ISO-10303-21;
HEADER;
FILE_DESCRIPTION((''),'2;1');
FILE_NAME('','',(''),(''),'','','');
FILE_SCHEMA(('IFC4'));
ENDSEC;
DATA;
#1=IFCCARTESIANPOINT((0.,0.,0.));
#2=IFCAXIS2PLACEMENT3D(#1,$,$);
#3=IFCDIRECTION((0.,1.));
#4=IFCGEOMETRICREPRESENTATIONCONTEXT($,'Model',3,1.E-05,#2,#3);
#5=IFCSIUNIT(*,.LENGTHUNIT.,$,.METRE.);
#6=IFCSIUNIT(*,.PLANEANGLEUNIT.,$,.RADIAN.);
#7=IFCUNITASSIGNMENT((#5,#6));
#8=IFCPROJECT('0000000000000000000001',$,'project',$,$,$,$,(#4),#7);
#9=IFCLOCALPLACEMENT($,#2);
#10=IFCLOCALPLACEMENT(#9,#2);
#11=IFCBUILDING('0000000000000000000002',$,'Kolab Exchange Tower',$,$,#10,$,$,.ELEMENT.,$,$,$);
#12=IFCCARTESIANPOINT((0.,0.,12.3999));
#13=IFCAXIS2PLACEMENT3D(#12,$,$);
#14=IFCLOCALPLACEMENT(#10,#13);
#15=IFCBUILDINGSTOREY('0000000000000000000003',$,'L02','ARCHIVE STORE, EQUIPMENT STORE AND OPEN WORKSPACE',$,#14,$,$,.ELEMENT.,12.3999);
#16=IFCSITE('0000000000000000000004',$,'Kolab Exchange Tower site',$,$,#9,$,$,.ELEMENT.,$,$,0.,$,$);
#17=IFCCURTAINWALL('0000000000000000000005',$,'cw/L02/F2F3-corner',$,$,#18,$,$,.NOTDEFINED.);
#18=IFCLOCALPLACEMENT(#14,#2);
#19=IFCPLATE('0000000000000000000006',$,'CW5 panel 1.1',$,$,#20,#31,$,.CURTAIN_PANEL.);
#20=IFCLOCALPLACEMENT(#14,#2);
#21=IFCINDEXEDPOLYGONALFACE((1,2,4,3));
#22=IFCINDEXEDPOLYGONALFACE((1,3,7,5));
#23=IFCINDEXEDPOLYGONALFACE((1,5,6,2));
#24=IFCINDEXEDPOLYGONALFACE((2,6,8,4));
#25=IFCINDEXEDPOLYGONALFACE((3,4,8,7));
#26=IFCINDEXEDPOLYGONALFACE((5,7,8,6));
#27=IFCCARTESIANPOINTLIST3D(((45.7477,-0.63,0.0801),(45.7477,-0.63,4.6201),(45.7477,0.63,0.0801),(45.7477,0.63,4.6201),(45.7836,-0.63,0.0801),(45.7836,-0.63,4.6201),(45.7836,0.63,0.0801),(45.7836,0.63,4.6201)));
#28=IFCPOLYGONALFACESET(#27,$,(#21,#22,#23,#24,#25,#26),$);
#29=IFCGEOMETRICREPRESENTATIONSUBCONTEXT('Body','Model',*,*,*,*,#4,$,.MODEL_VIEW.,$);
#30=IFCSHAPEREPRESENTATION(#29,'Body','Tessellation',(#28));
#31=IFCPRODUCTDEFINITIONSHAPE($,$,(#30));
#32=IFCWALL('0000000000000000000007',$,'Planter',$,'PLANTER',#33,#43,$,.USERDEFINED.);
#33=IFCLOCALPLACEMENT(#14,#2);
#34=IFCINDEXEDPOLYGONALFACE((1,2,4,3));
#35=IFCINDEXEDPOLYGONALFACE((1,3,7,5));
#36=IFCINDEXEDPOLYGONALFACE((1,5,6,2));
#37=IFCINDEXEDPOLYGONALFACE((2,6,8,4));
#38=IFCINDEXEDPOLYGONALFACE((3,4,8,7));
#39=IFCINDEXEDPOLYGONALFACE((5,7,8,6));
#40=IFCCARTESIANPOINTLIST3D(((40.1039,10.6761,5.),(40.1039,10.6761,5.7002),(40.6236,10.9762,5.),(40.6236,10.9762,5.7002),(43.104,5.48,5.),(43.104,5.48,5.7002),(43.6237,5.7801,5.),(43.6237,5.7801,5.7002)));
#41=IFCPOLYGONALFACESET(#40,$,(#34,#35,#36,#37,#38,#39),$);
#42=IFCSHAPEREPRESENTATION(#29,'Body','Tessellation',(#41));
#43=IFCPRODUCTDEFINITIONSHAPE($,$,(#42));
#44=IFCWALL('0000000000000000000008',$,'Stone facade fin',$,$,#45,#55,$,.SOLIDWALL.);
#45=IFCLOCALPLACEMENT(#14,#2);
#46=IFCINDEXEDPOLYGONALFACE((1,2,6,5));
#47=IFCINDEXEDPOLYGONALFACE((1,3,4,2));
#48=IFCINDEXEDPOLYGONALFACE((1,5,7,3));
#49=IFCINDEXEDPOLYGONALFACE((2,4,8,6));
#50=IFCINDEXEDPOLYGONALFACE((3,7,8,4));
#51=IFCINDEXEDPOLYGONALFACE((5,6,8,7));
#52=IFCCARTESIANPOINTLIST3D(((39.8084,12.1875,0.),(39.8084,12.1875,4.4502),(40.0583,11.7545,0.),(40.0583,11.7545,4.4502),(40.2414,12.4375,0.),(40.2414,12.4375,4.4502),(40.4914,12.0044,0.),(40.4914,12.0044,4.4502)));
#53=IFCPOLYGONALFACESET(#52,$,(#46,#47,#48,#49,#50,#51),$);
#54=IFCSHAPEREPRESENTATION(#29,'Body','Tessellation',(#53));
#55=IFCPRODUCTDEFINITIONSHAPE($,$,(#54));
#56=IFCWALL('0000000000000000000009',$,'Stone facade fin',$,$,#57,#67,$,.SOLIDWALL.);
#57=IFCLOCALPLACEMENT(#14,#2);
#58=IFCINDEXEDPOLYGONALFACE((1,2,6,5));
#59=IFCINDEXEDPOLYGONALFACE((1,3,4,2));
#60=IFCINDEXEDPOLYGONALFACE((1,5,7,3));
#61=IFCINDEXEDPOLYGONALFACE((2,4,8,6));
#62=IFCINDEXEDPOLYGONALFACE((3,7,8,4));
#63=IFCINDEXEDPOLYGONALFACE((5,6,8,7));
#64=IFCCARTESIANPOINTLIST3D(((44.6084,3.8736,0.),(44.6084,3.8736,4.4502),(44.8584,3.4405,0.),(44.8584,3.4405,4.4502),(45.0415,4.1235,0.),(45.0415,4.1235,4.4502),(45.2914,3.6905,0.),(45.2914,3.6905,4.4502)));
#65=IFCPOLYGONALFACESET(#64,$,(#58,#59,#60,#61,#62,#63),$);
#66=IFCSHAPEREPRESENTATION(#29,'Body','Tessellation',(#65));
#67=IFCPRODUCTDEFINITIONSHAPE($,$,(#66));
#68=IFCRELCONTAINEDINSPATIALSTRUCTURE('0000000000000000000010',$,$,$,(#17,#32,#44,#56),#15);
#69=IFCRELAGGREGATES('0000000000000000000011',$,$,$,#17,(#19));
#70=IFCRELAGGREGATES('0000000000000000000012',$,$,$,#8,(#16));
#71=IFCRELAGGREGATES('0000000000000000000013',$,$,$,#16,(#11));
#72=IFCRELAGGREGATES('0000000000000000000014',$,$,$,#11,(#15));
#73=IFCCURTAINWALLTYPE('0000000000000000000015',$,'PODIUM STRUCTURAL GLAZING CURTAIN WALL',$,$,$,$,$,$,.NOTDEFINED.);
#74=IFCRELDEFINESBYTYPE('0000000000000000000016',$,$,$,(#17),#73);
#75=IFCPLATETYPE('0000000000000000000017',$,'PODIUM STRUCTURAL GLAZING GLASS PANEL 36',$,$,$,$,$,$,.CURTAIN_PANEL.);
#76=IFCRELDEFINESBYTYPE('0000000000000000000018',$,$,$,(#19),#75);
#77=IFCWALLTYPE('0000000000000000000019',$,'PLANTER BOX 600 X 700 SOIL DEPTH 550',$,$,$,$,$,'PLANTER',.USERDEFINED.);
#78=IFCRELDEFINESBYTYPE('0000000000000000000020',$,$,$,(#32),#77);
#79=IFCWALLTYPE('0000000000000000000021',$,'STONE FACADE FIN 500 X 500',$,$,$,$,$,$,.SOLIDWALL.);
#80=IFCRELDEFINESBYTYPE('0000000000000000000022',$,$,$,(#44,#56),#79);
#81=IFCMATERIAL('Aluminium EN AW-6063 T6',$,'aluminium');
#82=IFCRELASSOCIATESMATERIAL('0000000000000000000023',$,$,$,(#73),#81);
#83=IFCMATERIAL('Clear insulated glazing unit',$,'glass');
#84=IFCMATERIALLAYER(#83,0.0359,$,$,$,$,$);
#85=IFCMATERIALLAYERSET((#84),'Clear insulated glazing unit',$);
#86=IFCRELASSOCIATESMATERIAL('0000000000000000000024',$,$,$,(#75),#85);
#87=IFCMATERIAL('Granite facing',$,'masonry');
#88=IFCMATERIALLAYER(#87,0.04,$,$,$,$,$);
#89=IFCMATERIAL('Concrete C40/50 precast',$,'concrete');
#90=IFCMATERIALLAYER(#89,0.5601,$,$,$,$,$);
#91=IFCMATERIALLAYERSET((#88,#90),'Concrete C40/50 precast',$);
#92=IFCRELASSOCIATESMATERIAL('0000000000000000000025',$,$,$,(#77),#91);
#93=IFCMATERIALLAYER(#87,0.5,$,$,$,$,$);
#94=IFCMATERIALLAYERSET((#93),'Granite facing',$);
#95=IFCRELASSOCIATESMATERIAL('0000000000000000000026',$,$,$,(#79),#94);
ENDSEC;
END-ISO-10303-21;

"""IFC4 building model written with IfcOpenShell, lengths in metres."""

from ifc_helpers import new_model, si_unit, direction, frame, frame_2d, origin, origin_2d, place, context, subcontext, project, spatial, rectangle, extrude, material, layer, layer_set, type_object, element, aggregate, save


model = new_model("IFC4")

# Units and contexts
model_context = context("Model", 3, precision=1e-05, world=origin(), true_north=direction((0.0, 1.0)))
body_context = subcontext(model_context, "Body", "Model", "MODEL_VIEW")
ifc_project = project(units=[si_unit("LENGTHUNIT", "METRE"), si_unit("PLANEANGLEUNIT", "RADIAN")], contexts=[model_context])

# Site, building, storey
site_placement = place(None, origin())
site = spatial("IfcSite", under=ifc_project, at=site_placement, Name="Kolab Exchange Tower site", CompositionType="ELEMENT", RefElevation=0.0)
building_placement = place(site_placement, origin())
building = spatial("IfcBuilding", under=site, at=building_placement, Name="Kolab Exchange Tower", CompositionType="ELEMENT")
storey_placement = place(building_placement, frame((0.0, 0.0, 12.3999)))
storey = spatial("IfcBuildingStorey", under=building, at=storey_placement, Name="L02", Description="ARCHIVE STORE, EQUIPMENT STORE AND OPEN WORKSPACE", CompositionType="ELEMENT", Elevation=12.3999)

# Shared definitions
ifc_material_1 = material(Name="Aluminium EN AW-6063 T6", Category="aluminium")
curtain_wall_type = type_object("IfcCurtainWallType", Name="PODIUM STRUCTURAL GLAZING CURTAIN WALL", PredefinedType="NOTDEFINED", material=ifc_material_1)

# Curtain wall
curtain_wall_1_placement = place(storey_placement, origin())
curtain_wall_1 = element("IfcCurtainWall", 1, at=curtain_wall_1_placement, inside=storey, type_object=curtain_wall_type, Name="cw/L02/F2F3-corner", PredefinedType="NOTDEFINED")

# Plate
ifc_material_2 = material(Name="Clear insulated glazing unit", Category="glass")
ifc_layer_1 = layer(ifc_material_2, 0.0359)
ifc_layer_set_1 = layer_set([ifc_layer_1], Name="Clear insulated glazing unit")
plate_type = type_object("IfcPlateType", Name="PODIUM STRUCTURAL GLAZING GLASS PANEL 36", PredefinedType="CURTAIN_PANEL", material=ifc_layer_set_1)
plate_1_placement = place(storey_placement, frame((45.7656, 0.0, 0.0801), z_axis=(0.0, 0.0, 1.0), x_axis=(0.0, -1.0, 0.0)))
plate_1 = element("IfcPlate", 2, at=plate_1_placement, type_object=plate_type, Name="CW5 panel 1.1", PredefinedType="CURTAIN_PANEL", context=body_context, shape_type="SweptSolid", body=[
    extrude(rectangle(XDim=1.26, YDim=0.0359, at=origin_2d()), origin(), (0.0, 0.0, 1.0), 4.54),
])
aggregate(curtain_wall_1, [plate_1])

# Walls
ifc_material_3 = material(Name="Granite facing", Category="masonry")
ifc_layer_2 = layer(ifc_material_3, 0.04)
ifc_material_4 = material(Name="Concrete C40/50 precast", Category="concrete")
ifc_layer_3 = layer(ifc_material_4, 0.5601)
ifc_layer_set_2 = layer_set([ifc_layer_2, ifc_layer_3], Name="Concrete C40/50 precast")
wall_type_1 = type_object("IfcWallType", Name="PLANTER BOX 600 X 700 SOIL DEPTH 550", ElementType="PLANTER", PredefinedType="USERDEFINED", material=ifc_layer_set_2)
wall_placement = place(storey_placement, frame((40.3638, 10.8262, 5.0), z_axis=(0.0, 0.0, 1.0), x_axis=(0.500008, -0.866021, 0.0)))
element("IfcWall", 3, at=wall_placement, inside=storey, type_object=wall_type_1, Name="Planter", ObjectType="PLANTER", PredefinedType="USERDEFINED", context=body_context, shape_type="SweptSolid", body=[
    extrude(rectangle(XDim=6.0, YDim=0.6001, at=frame_2d((3.0, 0.0))), origin(), (0.0, 0.0, 1.0), 0.7002),
])
ifc_layer_4 = layer(ifc_material_3, 0.5)
ifc_layer_set_3 = layer_set([ifc_layer_4], Name="Granite facing")
wall_type_2 = type_object("IfcWallType", Name="STONE FACADE FIN 500 X 500", PredefinedType="SOLIDWALL", material=ifc_layer_set_3)
for number, where, z_axis, x_axis, name in (
    (4, (40.0249, 12.3125, 0.0), (0.0, 0.0, 1.0), (0.49992, -0.866072, 0.0), "Stone facade fin"),
    (5, (44.825, 3.9985, 0.0), (0.0, 0.0, 1.0), (0.49992, -0.866072, 0.0), "Stone facade fin"),
):
    element("IfcWall", number, at=place(storey_placement, frame(where, z_axis=z_axis, x_axis=x_axis)), inside=storey, type_object=wall_type_2, Name=name, PredefinedType="SOLIDWALL", context=body_context, shape_type="SweptSolid", body=[
        extrude(rectangle(XDim=0.5, YDim=0.5, at=frame_2d((0.25, 0.0))), origin(), (0.0, 0.0, 1.0), 4.4502),
    ])

save(model, "model.ifc")
